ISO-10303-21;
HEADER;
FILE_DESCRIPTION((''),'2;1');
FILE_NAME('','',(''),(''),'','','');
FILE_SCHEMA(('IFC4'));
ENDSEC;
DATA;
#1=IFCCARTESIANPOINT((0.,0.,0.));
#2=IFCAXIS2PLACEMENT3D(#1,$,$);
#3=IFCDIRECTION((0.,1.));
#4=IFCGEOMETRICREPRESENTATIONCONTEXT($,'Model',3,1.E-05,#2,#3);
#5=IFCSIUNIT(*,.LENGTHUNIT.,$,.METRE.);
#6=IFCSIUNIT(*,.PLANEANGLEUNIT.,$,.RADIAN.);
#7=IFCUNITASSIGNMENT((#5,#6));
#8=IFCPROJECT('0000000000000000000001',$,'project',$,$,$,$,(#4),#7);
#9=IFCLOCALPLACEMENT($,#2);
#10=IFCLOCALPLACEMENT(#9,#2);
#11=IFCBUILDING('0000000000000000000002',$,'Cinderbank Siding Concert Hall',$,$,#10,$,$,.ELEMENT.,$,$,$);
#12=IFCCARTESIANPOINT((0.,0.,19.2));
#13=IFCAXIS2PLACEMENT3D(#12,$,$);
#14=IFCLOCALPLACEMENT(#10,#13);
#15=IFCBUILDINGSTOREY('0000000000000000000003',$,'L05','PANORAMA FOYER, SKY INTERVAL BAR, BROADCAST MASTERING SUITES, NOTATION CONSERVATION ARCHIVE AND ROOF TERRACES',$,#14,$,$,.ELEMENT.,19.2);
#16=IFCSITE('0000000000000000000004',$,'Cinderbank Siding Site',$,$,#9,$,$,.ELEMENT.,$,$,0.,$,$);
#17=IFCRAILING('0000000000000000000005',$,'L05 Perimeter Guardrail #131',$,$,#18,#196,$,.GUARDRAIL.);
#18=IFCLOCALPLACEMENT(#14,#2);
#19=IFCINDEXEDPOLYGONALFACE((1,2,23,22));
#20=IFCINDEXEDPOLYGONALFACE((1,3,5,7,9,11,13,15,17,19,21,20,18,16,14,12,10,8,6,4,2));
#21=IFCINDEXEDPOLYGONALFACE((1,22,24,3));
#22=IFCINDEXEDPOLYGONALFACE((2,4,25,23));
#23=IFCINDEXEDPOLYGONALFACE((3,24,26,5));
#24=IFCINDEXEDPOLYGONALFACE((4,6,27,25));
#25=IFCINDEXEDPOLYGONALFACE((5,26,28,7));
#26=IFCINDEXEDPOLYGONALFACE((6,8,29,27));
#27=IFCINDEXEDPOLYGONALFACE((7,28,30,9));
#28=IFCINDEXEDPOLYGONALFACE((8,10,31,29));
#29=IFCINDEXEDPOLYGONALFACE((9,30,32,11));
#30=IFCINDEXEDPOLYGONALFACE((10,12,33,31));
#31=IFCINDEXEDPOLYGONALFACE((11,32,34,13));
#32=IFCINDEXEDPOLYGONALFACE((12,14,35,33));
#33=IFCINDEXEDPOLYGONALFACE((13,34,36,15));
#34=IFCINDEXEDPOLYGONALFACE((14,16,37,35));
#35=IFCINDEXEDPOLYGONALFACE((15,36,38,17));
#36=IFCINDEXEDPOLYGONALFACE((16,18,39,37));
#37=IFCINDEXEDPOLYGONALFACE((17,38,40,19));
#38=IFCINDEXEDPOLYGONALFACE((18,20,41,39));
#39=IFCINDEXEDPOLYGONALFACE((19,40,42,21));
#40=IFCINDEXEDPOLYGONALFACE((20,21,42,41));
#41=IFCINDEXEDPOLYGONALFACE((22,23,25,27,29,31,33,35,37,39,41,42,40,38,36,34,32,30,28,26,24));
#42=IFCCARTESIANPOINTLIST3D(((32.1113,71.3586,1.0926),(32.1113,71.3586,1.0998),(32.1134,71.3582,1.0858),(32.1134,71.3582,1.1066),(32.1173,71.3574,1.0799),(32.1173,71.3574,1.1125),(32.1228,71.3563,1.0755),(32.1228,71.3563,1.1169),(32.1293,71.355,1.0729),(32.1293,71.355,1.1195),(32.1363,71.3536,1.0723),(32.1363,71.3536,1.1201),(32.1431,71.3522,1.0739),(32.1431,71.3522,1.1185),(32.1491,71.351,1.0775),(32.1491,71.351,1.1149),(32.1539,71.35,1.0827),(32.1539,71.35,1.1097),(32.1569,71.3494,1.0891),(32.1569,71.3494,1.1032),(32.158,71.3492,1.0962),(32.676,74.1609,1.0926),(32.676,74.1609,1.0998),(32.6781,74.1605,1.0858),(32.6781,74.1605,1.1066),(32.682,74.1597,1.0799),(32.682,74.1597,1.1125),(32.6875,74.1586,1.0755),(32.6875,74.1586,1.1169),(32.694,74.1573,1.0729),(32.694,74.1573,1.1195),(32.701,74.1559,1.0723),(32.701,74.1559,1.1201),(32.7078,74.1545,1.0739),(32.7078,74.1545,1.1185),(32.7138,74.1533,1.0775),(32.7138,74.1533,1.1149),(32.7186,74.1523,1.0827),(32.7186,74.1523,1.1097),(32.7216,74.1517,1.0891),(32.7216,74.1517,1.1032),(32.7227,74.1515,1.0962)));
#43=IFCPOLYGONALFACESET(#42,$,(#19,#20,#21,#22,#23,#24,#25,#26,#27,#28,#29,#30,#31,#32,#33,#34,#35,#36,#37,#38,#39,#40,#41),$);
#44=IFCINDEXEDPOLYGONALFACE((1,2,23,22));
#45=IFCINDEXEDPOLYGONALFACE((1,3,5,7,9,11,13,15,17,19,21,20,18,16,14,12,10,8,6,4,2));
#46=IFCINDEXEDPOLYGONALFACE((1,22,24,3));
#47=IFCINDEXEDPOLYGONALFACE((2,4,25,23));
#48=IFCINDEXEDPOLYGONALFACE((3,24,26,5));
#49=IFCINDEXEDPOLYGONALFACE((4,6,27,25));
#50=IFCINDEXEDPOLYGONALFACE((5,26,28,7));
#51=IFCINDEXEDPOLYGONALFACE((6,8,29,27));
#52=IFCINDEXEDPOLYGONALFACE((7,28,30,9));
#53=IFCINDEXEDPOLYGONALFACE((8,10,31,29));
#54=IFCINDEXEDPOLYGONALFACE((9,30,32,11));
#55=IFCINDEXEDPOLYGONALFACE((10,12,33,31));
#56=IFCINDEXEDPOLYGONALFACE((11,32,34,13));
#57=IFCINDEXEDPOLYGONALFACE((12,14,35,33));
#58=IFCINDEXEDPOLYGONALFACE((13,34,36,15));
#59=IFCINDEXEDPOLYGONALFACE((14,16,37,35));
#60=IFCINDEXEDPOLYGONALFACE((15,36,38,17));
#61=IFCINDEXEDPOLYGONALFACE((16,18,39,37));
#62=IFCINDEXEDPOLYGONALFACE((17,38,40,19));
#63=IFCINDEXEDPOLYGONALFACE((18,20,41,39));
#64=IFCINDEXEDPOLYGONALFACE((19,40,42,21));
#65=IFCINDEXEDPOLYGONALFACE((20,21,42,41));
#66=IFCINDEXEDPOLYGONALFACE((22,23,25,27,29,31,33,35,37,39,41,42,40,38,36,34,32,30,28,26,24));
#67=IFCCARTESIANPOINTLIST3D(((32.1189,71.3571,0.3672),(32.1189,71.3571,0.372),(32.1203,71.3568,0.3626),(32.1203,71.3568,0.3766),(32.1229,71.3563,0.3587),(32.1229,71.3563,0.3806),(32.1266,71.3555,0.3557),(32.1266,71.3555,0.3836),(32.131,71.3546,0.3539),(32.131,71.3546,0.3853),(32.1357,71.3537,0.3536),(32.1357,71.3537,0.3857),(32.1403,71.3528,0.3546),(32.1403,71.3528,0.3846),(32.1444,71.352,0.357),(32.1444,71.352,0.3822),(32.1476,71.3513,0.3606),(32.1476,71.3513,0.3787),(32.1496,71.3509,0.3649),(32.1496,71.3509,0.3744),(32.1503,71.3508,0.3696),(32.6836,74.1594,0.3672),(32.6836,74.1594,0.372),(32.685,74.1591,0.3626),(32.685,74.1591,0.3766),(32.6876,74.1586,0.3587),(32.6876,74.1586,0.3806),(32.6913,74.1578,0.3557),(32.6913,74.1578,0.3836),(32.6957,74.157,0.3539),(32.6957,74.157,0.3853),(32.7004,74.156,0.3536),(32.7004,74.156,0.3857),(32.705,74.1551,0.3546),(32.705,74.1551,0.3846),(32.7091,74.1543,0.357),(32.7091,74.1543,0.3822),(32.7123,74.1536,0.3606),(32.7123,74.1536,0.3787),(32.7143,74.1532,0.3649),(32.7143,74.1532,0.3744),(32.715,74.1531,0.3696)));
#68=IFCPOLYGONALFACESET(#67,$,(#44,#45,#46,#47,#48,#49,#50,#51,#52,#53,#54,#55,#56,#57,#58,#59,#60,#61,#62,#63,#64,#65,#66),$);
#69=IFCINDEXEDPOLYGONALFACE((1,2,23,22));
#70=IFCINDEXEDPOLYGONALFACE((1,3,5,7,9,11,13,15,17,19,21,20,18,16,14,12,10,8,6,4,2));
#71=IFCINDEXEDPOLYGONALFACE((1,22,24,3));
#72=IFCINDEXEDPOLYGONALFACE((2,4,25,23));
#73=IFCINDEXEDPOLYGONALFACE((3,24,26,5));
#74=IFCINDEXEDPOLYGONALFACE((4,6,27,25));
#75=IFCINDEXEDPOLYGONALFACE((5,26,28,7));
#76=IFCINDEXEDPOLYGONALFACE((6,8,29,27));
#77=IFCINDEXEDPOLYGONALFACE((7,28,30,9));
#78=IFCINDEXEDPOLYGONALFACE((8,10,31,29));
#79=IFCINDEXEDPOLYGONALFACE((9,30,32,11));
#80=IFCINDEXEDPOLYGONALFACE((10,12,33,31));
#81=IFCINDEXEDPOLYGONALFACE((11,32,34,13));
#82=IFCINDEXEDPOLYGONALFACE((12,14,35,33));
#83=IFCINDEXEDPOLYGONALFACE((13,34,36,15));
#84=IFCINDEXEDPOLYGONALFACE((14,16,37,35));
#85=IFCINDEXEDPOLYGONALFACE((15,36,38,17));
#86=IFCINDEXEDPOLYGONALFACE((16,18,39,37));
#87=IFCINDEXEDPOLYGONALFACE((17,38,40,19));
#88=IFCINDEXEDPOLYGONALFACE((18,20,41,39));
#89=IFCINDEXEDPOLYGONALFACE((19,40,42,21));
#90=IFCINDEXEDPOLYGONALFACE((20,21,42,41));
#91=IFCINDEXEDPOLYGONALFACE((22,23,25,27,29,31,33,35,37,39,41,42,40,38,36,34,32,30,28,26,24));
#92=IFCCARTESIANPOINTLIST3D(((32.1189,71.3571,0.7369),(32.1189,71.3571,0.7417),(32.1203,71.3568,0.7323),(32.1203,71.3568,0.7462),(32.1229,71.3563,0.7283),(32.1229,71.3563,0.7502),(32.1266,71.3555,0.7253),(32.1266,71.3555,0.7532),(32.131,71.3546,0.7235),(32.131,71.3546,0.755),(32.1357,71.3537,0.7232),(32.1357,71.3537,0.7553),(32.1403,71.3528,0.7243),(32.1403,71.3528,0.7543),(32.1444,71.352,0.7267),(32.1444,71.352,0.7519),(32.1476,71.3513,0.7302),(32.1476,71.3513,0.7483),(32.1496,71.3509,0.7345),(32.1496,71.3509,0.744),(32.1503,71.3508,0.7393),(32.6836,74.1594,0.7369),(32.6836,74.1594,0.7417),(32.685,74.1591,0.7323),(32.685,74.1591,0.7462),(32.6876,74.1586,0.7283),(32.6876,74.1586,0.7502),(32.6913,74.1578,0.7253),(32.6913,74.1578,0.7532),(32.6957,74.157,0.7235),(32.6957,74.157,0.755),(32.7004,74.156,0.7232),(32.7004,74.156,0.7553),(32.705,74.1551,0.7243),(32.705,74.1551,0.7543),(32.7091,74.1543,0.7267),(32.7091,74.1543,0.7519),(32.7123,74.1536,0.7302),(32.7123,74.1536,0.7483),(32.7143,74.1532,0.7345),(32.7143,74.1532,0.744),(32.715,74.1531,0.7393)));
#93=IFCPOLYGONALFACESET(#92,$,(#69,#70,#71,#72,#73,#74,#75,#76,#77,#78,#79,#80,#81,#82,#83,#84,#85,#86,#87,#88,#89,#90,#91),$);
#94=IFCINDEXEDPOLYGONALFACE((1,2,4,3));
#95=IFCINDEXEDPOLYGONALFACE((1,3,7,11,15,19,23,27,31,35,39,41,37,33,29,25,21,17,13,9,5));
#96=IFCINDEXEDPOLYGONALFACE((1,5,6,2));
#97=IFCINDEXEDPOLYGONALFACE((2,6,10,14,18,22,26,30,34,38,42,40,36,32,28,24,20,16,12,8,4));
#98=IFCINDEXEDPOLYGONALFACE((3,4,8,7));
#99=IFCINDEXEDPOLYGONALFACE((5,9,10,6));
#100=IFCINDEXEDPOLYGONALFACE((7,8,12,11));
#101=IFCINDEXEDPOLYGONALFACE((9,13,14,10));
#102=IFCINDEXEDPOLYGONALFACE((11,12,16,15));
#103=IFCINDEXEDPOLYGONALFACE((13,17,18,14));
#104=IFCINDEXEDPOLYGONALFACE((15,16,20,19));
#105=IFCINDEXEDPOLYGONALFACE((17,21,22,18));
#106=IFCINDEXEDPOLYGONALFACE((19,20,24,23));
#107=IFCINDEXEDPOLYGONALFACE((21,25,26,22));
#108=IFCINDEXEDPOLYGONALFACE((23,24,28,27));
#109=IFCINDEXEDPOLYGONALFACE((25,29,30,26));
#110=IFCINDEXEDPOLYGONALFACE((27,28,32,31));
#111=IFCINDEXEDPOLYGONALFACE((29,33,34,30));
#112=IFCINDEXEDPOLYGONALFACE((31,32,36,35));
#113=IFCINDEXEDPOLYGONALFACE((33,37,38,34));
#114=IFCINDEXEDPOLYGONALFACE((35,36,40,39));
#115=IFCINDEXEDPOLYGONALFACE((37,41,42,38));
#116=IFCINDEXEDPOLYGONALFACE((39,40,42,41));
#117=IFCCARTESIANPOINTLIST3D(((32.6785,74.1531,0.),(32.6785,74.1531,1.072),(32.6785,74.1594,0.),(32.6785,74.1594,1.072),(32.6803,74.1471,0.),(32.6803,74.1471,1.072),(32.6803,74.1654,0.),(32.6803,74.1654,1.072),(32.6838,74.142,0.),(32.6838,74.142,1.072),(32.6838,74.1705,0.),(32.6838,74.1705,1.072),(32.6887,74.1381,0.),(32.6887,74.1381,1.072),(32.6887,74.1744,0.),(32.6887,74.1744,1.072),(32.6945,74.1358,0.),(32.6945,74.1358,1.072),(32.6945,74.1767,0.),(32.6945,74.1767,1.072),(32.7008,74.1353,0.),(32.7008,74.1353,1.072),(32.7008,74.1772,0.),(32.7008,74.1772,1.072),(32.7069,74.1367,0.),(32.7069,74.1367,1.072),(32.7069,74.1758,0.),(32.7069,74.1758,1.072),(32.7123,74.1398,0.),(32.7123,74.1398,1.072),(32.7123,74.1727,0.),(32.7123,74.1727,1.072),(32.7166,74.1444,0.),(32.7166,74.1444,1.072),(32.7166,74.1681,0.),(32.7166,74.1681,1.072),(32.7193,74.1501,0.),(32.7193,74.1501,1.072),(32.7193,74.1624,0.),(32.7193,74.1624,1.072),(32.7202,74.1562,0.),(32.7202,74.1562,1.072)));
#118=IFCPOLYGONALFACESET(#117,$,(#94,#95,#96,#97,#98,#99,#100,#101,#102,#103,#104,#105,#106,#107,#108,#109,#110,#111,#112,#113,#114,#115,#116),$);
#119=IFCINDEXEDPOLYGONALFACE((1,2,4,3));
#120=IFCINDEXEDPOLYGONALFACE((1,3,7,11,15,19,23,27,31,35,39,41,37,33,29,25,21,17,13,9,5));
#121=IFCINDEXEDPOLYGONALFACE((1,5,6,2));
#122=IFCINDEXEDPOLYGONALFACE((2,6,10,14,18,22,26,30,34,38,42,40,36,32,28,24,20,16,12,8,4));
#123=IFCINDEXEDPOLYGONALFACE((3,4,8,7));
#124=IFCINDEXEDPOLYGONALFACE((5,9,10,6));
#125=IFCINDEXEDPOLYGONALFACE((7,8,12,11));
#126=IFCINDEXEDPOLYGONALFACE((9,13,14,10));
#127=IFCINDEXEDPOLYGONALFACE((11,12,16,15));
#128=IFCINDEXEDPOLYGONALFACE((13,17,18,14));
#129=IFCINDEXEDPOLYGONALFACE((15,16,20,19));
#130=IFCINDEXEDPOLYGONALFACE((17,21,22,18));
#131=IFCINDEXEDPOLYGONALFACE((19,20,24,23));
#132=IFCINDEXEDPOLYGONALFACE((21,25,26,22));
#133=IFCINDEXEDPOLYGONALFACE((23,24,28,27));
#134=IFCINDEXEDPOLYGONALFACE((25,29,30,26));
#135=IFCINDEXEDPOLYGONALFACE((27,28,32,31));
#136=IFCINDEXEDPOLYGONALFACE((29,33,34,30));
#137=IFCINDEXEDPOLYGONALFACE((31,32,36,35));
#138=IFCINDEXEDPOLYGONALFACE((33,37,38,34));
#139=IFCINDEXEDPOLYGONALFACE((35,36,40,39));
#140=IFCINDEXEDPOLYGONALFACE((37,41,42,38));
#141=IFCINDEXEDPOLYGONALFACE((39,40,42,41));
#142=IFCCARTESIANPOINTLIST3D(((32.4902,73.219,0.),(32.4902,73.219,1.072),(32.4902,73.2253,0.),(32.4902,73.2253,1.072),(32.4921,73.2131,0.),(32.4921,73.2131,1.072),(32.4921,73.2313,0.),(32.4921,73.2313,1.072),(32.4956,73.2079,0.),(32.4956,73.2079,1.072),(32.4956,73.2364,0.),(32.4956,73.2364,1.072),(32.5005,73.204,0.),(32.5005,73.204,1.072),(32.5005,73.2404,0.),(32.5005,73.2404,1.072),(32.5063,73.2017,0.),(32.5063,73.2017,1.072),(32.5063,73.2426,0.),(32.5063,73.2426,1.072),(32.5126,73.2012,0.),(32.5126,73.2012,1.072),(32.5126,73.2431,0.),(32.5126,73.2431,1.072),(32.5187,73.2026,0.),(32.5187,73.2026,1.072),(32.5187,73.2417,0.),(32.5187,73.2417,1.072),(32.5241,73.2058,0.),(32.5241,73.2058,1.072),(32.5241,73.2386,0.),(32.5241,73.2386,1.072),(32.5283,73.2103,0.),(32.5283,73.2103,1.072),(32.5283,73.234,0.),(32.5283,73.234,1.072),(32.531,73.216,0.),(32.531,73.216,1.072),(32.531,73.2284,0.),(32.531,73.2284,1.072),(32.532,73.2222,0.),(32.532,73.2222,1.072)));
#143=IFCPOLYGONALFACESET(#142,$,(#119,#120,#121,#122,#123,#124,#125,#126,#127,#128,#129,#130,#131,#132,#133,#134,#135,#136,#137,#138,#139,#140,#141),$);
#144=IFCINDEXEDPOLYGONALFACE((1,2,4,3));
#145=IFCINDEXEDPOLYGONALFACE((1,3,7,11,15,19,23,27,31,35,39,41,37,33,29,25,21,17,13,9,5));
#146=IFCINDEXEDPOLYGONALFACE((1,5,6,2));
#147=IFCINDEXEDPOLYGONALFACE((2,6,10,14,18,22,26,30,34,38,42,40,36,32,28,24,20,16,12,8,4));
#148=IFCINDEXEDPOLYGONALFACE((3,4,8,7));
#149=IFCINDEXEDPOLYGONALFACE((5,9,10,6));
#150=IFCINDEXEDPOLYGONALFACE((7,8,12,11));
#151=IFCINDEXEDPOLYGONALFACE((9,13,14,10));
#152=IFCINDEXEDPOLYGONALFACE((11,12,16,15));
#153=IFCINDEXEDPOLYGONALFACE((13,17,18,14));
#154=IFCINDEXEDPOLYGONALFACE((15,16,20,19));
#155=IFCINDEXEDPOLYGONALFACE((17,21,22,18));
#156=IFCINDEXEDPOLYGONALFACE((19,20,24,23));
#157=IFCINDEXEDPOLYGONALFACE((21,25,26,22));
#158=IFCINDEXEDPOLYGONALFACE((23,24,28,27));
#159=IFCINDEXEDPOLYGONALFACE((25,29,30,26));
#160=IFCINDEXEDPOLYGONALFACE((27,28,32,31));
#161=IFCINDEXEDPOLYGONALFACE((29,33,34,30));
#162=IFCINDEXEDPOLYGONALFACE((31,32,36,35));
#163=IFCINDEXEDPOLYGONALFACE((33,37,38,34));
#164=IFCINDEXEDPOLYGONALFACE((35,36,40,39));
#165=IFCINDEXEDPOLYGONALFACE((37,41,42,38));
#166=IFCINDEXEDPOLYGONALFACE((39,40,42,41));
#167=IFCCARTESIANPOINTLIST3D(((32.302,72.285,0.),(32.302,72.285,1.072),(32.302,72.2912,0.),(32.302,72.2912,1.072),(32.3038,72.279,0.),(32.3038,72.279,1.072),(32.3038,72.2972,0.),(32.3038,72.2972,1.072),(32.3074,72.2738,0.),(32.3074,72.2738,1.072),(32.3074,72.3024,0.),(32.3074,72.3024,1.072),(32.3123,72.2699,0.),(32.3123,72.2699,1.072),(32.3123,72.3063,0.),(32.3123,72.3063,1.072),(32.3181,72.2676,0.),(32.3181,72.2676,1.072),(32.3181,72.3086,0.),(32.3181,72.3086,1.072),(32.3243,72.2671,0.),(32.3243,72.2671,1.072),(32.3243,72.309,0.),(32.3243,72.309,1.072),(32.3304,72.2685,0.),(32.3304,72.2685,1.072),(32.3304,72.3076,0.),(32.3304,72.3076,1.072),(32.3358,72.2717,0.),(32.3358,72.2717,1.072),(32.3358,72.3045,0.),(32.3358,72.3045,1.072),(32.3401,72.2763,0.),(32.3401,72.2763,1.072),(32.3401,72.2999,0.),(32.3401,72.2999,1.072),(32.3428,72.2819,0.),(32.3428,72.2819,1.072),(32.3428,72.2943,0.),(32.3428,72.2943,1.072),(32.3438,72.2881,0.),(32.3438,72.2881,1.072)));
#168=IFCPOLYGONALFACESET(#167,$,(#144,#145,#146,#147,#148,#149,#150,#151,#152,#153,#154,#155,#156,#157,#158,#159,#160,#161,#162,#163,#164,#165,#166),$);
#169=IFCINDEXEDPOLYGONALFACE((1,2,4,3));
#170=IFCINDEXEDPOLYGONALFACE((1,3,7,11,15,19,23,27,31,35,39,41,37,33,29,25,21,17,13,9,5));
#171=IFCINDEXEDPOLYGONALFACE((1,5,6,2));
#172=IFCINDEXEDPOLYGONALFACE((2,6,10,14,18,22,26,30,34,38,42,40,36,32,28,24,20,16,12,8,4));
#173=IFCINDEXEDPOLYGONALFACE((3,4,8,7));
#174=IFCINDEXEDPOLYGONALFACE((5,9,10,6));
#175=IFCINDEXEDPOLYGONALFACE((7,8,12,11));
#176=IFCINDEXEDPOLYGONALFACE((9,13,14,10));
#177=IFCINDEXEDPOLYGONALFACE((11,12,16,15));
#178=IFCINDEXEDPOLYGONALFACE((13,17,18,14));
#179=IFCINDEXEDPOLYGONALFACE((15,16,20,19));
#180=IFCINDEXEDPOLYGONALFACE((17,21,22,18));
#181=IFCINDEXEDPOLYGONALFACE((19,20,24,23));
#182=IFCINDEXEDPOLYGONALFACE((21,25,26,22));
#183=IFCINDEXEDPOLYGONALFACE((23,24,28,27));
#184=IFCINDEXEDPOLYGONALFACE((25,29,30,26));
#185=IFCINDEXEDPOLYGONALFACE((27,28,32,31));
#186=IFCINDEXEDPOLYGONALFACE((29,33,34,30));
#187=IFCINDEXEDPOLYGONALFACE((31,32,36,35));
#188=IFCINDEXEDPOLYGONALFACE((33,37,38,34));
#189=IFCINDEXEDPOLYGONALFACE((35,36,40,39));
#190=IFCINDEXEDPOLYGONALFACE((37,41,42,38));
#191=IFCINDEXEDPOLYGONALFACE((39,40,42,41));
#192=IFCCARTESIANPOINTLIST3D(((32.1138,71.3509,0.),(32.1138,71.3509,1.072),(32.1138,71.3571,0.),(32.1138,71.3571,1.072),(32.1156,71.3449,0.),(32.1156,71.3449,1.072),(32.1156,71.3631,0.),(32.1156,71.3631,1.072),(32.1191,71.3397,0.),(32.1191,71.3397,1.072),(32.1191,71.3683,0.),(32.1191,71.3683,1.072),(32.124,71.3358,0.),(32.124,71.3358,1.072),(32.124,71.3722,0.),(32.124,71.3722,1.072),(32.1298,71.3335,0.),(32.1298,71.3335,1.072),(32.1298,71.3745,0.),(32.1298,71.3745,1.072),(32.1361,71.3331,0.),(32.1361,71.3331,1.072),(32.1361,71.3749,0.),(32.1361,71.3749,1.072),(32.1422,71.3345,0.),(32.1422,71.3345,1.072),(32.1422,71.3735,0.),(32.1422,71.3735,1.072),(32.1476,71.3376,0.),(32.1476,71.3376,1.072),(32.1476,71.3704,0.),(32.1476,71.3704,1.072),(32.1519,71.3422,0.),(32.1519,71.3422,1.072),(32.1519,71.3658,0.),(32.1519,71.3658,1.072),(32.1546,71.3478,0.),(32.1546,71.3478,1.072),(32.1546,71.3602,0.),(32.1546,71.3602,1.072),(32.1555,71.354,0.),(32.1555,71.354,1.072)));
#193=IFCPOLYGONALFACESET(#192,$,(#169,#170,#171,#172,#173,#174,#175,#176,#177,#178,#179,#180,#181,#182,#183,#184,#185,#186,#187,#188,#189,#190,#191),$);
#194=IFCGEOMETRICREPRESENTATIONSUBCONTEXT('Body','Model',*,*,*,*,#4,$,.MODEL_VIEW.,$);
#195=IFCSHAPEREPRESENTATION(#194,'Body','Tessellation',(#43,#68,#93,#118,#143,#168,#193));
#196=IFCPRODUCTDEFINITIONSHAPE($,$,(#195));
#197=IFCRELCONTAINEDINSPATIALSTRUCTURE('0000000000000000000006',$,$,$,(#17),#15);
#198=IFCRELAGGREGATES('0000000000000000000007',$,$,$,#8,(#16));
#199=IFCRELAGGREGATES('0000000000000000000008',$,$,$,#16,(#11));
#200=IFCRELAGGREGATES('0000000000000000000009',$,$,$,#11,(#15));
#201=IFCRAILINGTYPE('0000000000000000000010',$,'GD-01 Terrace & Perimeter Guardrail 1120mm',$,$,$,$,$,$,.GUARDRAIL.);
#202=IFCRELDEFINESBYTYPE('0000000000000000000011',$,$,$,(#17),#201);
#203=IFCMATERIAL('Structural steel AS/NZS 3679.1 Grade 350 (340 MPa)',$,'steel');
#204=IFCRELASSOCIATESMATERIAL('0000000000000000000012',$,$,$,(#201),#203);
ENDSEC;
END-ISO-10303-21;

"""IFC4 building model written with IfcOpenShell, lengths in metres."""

from ifc_helpers import new_model, si_unit, direction, frame, origin, origin_2d, place, context, subcontext, project, spatial, circle, extrude, material, type_object, element, save


model = new_model("IFC4")

# Units and contexts
model_context = context("Model", 3, precision=1e-05, world=origin(), true_north=direction((0.0, 1.0)))
body_context = subcontext(model_context, "Body", "Model", "MODEL_VIEW")
ifc_project = project(units=[si_unit("LENGTHUNIT", "METRE"), si_unit("PLANEANGLEUNIT", "RADIAN")], contexts=[model_context])

# Site, building, storey
site_placement = place(None, origin())
site = spatial("IfcSite", under=ifc_project, at=site_placement, Name="Cinderbank Siding Site", CompositionType="ELEMENT", RefElevation=0.0)
building_placement = place(site_placement, origin())
building = spatial("IfcBuilding", under=site, at=building_placement, Name="Cinderbank Siding Concert Hall", CompositionType="ELEMENT")
storey_placement = place(building_placement, frame((0.0, 0.0, 19.2)))
storey = spatial("IfcBuildingStorey", under=building, at=storey_placement, Name="L05", Description="PANORAMA FOYER, SKY INTERVAL BAR, BROADCAST MASTERING SUITES, NOTATION CONSERVATION ARCHIVE AND ROOF TERRACES", CompositionType="ELEMENT", Elevation=19.2)

# Railing
ifc_material_1 = material(Name="Structural steel AS/NZS 3679.1 Grade 350 (340 MPa)", Category="steel")
railing_type = type_object("IfcRailingType", Name="GD-01 Terrace & Perimeter Guardrail 1120mm", PredefinedType="GUARDRAIL", material=ifc_material_1)
railing_1_placement = place(storey_placement, frame((32.6992, 74.1562, 0.0)))
element("IfcRailing", 1, at=railing_1_placement, inside=storey, type_object=railing_type, Name="L05 Perimeter Guardrail #131", PredefinedType="GUARDRAIL", context=body_context, shape_type="SweptSolid", body=[
    extrude(circle(Radius=0.0239, at=origin_2d()), frame((0.0, 0.0, 1.0962), z_axis=(-0.197545, -0.980294, 0.0), x_axis=(0.980294, -0.197545, 0.0)), (0.0, 0.0, 1.0), 2.8586),
    extrude(circle(Radius=0.0161, at=origin_2d()), frame((0.0, 0.0, 0.3696), z_axis=(-0.197545, -0.980294, 0.0), x_axis=(0.980294, -0.197545, 0.0)), (0.0, 0.0, 1.0), 2.8586),
    extrude(circle(Radius=0.0161, at=origin_2d()), frame((0.0, 0.0, 0.7393), z_axis=(-0.197545, -0.980294, 0.0), x_axis=(0.980294, -0.197545, 0.0)), (0.0, 0.0, 1.0), 2.8586),
    extrude(circle(Radius=0.021, at=origin_2d()), origin(), (0.0, 0.0, 1.0), 1.072),
    extrude(circle(Radius=0.021, at=origin_2d()), frame((-0.1882, -0.9341, 0.0)), (0.0, 0.0, 1.0), 1.072),
    extrude(circle(Radius=0.021, at=origin_2d()), frame((-0.3765, -1.8682, 0.0)), (0.0, 0.0, 1.0), 1.072),
    extrude(circle(Radius=0.021, at=origin_2d()), frame((-0.5647, -2.8022, 0.0)), (0.0, 0.0, 1.0), 1.072),
])

save(model, "model.ifc")
